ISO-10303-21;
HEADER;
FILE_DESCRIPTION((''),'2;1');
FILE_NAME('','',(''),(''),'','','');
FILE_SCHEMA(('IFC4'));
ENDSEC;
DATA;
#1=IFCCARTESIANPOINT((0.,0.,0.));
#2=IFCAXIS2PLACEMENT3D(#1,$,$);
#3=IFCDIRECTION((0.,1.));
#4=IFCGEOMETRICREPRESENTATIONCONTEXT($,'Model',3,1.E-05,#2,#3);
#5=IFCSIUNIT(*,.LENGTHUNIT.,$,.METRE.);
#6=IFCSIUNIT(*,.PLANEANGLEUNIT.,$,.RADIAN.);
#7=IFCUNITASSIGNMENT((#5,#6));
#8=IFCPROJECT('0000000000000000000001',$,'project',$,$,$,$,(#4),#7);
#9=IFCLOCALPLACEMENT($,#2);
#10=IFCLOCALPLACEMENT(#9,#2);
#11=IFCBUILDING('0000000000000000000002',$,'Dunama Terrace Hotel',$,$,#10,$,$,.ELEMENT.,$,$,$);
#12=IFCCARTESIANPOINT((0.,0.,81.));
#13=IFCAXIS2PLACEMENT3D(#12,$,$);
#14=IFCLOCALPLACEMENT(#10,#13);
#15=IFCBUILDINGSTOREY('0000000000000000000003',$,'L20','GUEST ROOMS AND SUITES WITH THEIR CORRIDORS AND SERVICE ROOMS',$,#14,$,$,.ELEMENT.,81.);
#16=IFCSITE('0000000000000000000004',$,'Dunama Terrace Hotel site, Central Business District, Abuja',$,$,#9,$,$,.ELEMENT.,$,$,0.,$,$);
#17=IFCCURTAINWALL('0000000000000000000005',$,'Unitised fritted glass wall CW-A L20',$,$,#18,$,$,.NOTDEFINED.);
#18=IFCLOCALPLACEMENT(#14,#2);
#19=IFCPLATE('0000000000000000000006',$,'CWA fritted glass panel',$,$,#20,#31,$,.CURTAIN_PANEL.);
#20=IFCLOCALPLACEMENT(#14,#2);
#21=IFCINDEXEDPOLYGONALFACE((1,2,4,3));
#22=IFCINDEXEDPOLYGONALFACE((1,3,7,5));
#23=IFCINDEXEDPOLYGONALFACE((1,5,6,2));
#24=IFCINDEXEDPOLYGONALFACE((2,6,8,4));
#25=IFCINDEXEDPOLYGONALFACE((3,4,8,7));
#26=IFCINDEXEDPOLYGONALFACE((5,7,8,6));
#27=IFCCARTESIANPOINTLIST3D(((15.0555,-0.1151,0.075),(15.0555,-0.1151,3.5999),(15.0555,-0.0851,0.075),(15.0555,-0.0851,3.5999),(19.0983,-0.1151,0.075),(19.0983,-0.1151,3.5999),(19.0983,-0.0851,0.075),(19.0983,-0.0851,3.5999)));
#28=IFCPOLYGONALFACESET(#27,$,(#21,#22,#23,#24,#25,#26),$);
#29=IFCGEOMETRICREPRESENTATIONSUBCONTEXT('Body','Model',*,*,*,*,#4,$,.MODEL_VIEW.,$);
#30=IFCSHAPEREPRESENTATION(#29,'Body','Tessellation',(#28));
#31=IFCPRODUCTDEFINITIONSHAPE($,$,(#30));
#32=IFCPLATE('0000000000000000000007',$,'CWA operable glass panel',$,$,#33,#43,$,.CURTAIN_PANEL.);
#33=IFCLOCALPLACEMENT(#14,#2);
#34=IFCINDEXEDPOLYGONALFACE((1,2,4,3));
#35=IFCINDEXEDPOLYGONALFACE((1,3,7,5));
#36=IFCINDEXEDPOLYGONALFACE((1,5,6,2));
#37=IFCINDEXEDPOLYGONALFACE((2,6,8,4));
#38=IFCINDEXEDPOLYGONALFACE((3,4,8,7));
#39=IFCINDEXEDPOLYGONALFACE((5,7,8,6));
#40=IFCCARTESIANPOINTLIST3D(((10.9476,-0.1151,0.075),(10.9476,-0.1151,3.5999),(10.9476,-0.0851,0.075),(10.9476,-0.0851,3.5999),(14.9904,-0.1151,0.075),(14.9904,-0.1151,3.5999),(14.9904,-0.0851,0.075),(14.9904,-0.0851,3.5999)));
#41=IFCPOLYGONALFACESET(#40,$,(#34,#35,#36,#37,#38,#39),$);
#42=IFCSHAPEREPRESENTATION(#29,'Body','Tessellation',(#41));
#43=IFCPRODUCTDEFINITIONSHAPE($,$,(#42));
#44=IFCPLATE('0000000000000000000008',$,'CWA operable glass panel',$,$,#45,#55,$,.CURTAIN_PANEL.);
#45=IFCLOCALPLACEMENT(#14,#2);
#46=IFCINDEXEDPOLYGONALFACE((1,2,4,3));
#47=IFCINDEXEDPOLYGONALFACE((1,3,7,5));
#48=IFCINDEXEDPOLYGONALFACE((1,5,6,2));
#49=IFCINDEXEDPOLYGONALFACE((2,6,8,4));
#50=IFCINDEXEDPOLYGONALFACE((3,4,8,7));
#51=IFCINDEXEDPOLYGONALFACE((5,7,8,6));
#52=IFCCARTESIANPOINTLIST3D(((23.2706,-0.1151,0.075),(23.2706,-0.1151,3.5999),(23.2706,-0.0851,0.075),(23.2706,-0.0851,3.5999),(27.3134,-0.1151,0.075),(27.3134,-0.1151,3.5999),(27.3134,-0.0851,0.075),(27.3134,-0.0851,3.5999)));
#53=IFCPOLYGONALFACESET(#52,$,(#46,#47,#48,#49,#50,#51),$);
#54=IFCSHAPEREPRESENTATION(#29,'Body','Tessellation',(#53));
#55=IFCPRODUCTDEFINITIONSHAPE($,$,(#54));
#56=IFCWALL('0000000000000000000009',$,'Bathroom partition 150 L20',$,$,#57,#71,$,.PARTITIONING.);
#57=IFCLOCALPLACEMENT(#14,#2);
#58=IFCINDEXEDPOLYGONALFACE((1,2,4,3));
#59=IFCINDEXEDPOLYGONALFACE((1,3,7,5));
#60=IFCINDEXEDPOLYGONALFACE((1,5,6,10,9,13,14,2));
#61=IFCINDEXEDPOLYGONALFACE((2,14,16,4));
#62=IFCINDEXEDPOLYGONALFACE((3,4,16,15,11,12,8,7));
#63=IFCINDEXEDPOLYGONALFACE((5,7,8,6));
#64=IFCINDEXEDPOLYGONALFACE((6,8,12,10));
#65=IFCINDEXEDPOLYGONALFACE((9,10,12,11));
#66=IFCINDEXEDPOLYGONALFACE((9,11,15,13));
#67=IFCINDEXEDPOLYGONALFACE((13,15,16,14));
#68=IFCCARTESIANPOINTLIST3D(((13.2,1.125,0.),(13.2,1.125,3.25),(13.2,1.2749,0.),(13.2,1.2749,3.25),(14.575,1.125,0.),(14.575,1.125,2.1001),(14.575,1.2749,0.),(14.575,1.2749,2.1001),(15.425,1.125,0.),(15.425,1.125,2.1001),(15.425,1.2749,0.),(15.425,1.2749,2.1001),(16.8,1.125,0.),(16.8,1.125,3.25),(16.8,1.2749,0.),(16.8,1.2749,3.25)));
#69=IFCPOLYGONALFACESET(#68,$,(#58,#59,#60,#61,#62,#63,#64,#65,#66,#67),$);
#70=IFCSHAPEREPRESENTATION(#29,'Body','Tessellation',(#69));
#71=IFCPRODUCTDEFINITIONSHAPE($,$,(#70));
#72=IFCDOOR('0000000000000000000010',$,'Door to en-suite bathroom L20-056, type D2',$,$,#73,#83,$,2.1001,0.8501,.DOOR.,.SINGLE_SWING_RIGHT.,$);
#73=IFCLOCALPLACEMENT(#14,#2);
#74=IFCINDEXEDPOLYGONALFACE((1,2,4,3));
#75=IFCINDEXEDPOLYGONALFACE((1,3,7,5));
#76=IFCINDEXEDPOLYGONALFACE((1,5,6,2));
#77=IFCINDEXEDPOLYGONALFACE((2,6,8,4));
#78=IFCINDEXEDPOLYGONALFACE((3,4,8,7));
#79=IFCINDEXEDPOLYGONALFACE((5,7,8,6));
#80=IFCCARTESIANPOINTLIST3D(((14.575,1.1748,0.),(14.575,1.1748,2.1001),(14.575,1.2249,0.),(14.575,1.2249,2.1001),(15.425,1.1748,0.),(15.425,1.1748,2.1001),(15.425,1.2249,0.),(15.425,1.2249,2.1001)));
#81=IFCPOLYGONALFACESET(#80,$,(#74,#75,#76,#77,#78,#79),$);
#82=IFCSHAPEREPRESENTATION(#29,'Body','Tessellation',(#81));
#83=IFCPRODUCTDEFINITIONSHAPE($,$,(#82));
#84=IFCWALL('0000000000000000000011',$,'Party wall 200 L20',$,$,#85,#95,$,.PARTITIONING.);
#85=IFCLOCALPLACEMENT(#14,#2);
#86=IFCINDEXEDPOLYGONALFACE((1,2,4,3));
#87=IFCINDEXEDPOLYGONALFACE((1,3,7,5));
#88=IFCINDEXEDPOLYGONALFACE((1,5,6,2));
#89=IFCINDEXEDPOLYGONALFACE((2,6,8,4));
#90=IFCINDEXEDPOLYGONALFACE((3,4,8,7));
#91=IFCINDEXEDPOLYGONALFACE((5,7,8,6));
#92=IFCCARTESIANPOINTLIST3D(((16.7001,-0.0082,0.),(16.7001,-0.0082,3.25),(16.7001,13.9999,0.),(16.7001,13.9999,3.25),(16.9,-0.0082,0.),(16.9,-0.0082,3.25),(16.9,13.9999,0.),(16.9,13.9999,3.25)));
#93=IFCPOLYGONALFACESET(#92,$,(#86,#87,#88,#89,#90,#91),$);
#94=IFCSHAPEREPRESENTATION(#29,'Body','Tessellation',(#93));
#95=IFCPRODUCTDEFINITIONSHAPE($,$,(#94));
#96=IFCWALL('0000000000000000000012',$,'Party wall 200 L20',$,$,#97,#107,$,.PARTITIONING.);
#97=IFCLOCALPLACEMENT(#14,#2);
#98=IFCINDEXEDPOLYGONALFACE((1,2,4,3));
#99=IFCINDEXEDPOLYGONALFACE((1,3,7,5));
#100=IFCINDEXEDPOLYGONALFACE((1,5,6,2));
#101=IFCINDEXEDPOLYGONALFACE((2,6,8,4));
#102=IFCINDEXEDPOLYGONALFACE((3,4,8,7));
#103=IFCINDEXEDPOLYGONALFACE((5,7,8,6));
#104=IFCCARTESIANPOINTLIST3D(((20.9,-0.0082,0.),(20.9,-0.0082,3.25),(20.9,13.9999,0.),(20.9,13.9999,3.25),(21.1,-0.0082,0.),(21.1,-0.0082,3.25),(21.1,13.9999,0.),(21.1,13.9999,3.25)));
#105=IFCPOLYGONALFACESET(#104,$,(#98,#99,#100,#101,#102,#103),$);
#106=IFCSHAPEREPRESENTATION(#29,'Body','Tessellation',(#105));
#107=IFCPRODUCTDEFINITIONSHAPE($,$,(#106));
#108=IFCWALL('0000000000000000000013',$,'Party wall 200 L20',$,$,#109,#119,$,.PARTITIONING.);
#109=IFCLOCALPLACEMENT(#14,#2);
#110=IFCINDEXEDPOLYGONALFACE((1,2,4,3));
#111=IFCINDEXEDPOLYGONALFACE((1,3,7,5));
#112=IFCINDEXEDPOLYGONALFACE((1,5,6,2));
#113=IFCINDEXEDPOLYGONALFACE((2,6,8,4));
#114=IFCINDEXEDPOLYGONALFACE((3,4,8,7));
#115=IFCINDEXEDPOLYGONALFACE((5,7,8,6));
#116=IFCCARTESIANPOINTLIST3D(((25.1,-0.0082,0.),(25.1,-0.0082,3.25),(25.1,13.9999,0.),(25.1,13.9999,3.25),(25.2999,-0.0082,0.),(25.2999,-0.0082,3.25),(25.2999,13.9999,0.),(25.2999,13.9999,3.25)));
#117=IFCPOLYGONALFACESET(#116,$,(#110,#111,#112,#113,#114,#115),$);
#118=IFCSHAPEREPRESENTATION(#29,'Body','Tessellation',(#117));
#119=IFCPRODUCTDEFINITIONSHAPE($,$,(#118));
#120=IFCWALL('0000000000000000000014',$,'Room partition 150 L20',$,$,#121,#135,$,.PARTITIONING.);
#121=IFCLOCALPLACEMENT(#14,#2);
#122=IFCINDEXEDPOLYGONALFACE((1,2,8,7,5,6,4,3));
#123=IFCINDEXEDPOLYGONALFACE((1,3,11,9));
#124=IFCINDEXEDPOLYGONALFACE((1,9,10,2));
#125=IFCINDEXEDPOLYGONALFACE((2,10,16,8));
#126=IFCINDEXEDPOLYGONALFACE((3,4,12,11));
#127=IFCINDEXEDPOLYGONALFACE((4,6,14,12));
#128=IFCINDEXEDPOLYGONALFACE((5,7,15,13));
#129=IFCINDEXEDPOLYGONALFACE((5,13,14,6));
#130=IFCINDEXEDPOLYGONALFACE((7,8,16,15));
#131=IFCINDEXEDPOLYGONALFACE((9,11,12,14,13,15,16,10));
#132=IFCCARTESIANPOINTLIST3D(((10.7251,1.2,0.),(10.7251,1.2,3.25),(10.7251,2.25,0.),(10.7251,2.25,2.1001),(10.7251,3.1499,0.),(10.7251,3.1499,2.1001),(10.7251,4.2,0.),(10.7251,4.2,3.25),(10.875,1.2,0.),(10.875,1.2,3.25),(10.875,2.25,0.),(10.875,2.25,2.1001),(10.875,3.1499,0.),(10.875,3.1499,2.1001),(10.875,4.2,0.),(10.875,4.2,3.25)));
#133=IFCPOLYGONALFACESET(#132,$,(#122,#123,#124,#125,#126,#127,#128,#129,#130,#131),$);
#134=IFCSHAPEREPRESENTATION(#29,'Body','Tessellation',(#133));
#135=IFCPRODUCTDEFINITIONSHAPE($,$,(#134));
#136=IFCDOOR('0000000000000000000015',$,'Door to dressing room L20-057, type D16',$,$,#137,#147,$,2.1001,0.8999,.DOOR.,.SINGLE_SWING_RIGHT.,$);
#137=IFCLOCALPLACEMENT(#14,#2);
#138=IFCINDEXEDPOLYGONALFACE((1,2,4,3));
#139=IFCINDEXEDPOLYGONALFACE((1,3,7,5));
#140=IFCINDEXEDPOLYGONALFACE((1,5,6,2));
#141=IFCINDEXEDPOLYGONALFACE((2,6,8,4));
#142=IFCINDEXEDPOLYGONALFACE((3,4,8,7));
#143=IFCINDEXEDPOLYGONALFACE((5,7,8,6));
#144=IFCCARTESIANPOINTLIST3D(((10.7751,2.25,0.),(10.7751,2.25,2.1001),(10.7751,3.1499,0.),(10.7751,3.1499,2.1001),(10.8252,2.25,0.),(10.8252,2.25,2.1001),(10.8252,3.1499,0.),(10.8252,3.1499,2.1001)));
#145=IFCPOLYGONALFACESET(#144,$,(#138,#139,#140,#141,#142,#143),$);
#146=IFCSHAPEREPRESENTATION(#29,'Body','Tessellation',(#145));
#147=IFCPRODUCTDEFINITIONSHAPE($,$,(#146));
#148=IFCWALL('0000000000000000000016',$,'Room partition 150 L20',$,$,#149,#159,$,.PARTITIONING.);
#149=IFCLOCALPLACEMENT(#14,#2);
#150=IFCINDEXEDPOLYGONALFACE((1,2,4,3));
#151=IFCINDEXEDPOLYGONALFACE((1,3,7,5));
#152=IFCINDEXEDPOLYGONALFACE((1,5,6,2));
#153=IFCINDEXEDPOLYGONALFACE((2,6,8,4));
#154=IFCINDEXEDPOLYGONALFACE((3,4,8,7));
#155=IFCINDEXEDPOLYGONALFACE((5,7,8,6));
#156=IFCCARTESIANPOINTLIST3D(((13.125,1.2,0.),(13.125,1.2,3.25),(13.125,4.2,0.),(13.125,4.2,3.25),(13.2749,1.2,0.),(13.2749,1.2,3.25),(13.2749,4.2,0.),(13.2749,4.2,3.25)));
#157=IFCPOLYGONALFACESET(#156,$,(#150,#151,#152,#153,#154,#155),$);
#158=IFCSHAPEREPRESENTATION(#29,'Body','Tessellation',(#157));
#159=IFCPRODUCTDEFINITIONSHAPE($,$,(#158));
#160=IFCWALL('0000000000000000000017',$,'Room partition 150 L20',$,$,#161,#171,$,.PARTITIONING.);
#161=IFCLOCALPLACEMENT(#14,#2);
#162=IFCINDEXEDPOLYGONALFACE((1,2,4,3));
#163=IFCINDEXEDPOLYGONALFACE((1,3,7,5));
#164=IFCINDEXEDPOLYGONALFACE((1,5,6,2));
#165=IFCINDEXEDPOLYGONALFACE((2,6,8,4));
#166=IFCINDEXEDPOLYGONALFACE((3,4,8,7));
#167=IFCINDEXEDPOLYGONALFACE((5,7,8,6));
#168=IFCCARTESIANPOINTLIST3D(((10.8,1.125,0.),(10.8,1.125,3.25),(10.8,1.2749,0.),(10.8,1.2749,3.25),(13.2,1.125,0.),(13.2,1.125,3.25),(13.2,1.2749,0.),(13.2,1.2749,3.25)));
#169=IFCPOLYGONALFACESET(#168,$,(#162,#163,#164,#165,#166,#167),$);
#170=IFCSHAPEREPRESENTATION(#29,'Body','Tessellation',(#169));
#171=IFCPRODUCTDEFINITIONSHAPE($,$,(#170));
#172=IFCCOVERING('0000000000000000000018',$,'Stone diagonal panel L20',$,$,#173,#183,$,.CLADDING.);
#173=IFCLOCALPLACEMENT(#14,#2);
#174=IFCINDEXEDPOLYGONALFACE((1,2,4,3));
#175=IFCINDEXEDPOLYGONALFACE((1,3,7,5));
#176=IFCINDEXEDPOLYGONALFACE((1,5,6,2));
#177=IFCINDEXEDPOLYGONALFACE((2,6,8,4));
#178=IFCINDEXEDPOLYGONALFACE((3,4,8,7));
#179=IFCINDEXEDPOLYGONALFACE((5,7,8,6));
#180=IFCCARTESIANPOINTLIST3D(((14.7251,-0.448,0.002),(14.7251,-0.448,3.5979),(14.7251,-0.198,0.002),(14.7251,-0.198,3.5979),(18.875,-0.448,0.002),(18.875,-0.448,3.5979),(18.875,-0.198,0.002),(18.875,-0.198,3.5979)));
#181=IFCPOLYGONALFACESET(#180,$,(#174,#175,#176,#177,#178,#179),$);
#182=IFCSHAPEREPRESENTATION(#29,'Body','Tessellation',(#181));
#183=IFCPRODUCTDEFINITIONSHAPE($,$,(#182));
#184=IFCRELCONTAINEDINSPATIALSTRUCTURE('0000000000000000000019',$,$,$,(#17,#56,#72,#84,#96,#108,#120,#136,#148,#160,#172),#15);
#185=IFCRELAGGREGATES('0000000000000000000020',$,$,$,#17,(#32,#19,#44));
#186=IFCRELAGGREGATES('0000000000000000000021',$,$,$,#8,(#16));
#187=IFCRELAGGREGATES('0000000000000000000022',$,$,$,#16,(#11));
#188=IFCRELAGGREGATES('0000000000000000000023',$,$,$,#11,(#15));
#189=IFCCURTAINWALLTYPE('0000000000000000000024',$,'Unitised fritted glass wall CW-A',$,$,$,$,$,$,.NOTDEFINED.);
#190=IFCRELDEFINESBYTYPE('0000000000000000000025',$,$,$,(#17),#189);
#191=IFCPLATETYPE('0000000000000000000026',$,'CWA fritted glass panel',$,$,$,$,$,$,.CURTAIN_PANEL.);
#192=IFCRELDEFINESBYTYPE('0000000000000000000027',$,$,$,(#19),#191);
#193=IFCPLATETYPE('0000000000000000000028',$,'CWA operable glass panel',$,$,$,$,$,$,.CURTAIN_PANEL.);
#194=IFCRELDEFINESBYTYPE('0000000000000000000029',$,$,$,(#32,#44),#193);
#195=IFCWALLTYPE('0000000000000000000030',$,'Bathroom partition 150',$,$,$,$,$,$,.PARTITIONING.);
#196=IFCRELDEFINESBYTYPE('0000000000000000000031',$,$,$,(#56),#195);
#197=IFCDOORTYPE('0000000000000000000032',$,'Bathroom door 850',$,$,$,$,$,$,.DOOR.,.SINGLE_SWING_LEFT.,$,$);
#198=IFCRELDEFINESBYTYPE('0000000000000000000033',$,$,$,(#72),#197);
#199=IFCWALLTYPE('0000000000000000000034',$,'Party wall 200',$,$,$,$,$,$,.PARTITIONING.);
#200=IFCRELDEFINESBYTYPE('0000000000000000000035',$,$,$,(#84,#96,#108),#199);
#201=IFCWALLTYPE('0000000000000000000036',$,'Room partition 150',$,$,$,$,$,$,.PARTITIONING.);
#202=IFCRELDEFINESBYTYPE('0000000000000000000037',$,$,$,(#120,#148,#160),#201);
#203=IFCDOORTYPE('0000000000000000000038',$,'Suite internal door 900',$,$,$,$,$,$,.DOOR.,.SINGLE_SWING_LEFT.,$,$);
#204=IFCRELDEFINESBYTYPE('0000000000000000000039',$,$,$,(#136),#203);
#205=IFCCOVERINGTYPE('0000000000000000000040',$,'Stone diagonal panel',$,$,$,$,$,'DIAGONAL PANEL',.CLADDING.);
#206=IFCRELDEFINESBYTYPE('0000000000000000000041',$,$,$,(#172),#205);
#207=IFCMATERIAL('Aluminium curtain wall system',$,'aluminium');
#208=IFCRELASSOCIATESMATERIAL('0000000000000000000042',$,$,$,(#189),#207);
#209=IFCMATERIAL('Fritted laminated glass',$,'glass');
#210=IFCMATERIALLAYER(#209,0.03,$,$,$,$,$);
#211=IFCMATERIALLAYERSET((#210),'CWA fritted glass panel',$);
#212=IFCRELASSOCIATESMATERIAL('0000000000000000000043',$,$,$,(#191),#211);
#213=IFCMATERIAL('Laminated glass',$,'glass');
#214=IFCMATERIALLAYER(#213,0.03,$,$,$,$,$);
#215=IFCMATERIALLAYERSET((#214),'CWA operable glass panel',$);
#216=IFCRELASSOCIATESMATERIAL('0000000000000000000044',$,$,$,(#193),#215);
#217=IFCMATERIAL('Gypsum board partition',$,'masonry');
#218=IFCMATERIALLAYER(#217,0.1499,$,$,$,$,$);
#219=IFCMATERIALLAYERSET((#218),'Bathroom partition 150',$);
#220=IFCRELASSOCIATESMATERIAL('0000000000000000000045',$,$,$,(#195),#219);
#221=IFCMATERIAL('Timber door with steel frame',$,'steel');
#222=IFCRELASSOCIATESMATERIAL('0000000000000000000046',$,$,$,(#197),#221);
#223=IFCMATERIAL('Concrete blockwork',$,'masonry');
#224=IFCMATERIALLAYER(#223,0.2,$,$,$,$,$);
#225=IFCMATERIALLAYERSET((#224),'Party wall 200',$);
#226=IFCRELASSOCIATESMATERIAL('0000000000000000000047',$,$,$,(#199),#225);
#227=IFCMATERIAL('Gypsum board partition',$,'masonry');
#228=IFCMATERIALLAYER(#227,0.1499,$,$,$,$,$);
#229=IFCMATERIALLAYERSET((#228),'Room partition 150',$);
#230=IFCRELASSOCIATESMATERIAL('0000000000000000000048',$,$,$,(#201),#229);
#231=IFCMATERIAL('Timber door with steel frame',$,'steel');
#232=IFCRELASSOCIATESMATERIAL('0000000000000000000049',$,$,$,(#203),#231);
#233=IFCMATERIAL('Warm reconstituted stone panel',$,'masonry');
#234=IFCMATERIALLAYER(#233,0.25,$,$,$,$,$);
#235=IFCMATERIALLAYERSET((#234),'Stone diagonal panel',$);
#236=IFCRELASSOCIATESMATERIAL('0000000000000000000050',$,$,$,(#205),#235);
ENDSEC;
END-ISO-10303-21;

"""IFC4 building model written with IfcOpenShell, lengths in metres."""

from ifc_helpers import new_model, si_unit, direction, frame, frame_2d, origin, origin_2d, place, context, subcontext, project, spatial, rectangle, extrude, material, layer, layer_set, type_object, element, fill, aggregate, save


model = new_model("IFC4")

# Units and contexts
model_context = context("Model", 3, precision=1e-05, world=origin(), true_north=direction((0.0, 1.0)))
body_context = subcontext(model_context, "Body", "Model", "MODEL_VIEW")
ifc_project = project(units=[si_unit("LENGTHUNIT", "METRE"), si_unit("PLANEANGLEUNIT", "RADIAN")], contexts=[model_context])

# Site, building, storey
site_placement = place(None, origin())
site = spatial("IfcSite", under=ifc_project, at=site_placement, Name="Dunama Terrace Hotel site, Central Business District, Abuja", CompositionType="ELEMENT", RefElevation=0.0)
building_placement = place(site_placement, origin())
building = spatial("IfcBuilding", under=site, at=building_placement, Name="Dunama Terrace Hotel", CompositionType="ELEMENT")
storey_placement = place(building_placement, frame((0.0, 0.0, 81.0)))
storey = spatial("IfcBuildingStorey", under=building, at=storey_placement, Name="L20", Description="GUEST ROOMS AND SUITES WITH THEIR CORRIDORS AND SERVICE ROOMS", CompositionType="ELEMENT", Elevation=81.0)

# Curtain wall
ifc_material_1 = material(Name="Aluminium curtain wall system", Category="aluminium")
curtain_wall_type = type_object("IfcCurtainWallType", Name="Unitised fritted glass wall CW-A", PredefinedType="NOTDEFINED", material=ifc_material_1)
curtain_wall_placement = place(storey_placement, origin())
curtain_wall = element("IfcCurtainWall", 1, at=curtain_wall_placement, inside=storey, type_object=curtain_wall_type, Name="Unitised fritted glass wall CW-A L20", PredefinedType="NOTDEFINED")

# Plates
ifc_material_2 = material(Name="Fritted laminated glass", Category="glass")
ifc_layer_1 = layer(ifc_material_2, 0.03)
ifc_layer_set_1 = layer_set([ifc_layer_1], Name="CWA fritted glass panel")
plate_type_1 = type_object("IfcPlateType", Name="CWA fritted glass panel", PredefinedType="CURTAIN_PANEL", material=ifc_layer_set_1)
plate_1_placement = place(storey_placement, frame((17.0769, -0.1001, 0.075), z_axis=(0.0, 0.0, 1.0), x_axis=(1.0, 0.0, 0.0)))
plate_1 = element("IfcPlate", 2, at=plate_1_placement, type_object=plate_type_1, Name="CWA fritted glass panel", PredefinedType="CURTAIN_PANEL", context=body_context, shape_type="SweptSolid", body=[
    extrude(rectangle(XDim=4.0427, YDim=0.03, at=origin_2d()), origin(), (0.0, 0.0, 1.0), 3.5249),
])
ifc_material_3 = material(Name="Laminated glass", Category="glass")
ifc_layer_2 = layer(ifc_material_3, 0.03)
ifc_layer_set_2 = layer_set([ifc_layer_2], Name="CWA operable glass panel")
plate_type_2 = type_object("IfcPlateType", Name="CWA operable glass panel", PredefinedType="CURTAIN_PANEL", material=ifc_layer_set_2)
plate_2_placement = place(storey_placement, frame((12.969, -0.1001, 0.075), z_axis=(0.0, 0.0, 1.0), x_axis=(1.0, 0.0, 0.0)))
plate_2 = element("IfcPlate", 3, at=plate_2_placement, type_object=plate_type_2, Name="CWA operable glass panel", PredefinedType="CURTAIN_PANEL", context=body_context, shape_type="SweptSolid", body=[
    extrude(rectangle(XDim=4.0427, YDim=0.03, at=origin_2d()), origin(), (0.0, 0.0, 1.0), 3.5249),
])
plate_3_placement = place(storey_placement, frame((25.292, -0.1001, 0.075), z_axis=(0.0, 0.0, 1.0), x_axis=(1.0, 0.0, 0.0)))
plate_3 = element("IfcPlate", 4, at=plate_3_placement, type_object=plate_type_2, Name="CWA operable glass panel", PredefinedType="CURTAIN_PANEL", context=body_context, shape_type="SweptSolid", body=[
    extrude(rectangle(XDim=4.0427, YDim=0.03, at=origin_2d()), origin(), (0.0, 0.0, 1.0), 3.5249),
])
aggregate(curtain_wall, [plate_2, plate_1, plate_3])

# Wall, opening, door
ifc_material_4 = material(Name="Gypsum board partition", Category="masonry")
ifc_layer_3 = layer(ifc_material_4, 0.1499)
ifc_layer_set_3 = layer_set([ifc_layer_3], Name="Bathroom partition 150")
wall_type_1 = type_object("IfcWallType", Name="Bathroom partition 150", PredefinedType="PARTITIONING", material=ifc_layer_set_3)
wall_1_placement = place(storey_placement, frame((13.2, 1.2, 0.0), z_axis=(0.0, 0.0, 1.0), x_axis=(1.0, 0.0, 0.0)))
wall_1 = element("IfcWall", 5, at=wall_1_placement, inside=storey, type_object=wall_type_1, Name="Bathroom partition 150 L20", PredefinedType="PARTITIONING", context=body_context, shape_type="SweptSolid", body=[
    extrude(rectangle(XDim=3.6001, YDim=0.1499, at=frame_2d((1.8, 0.0))), origin(), (0.0, 0.0, 1.0), 3.25),
])
opening_1_placement = place(wall_1_placement, frame((1.375, 0.0, 0.0)))
opening_1 = element("IfcOpeningElement", 6, at=opening_1_placement, cuts=wall_1, PredefinedType="OPENING", context=body_context, shape_type="SweptSolid", body=[
    extrude(rectangle(XDim=0.8501, YDim=2.1001, at=frame_2d((0.425, 1.05))), frame((0.0, 0.085, 0.0), z_axis=(0.0, -1.0, 0.0), x_axis=(1.0, 0.0, 0.0)), (0.0, 0.0, 1.0), 0.1699),
])
ifc_material_5 = material(Name="Timber door with steel frame", Category="steel")
door_type_1 = type_object("IfcDoorType", Name="Bathroom door 850", OperationType="SINGLE_SWING_LEFT", PredefinedType="DOOR", material=ifc_material_5)
door_1_placement = place(opening_1_placement, origin())
door_1 = element("IfcDoor", 7, at=door_1_placement, inside=storey, type_object=door_type_1, Name="Door to en-suite bathroom L20-056, type D2", OperationType="SINGLE_SWING_RIGHT", OverallHeight=2.1001, OverallWidth=0.8501, PredefinedType="DOOR", context=body_context, shape_type="SweptSolid", body=[
    extrude(rectangle(XDim=0.8501, YDim=2.1001, at=frame_2d((0.425, 1.05))), frame((0.0, 0.0249, 0.0), z_axis=(0.0, -1.0, 0.0), x_axis=(1.0, 0.0, 0.0)), (0.0, 0.0, 1.0), 0.05),
])
fill(opening_1, door_1)

# Walls
ifc_material_6 = material(Name="Concrete blockwork", Category="masonry")
ifc_layer_4 = layer(ifc_material_6, 0.2)
ifc_layer_set_4 = layer_set([ifc_layer_4], Name="Party wall 200")
wall_type_2 = type_object("IfcWallType", Name="Party wall 200", PredefinedType="PARTITIONING", material=ifc_layer_set_4)
for number, where, z_axis, x_axis, name in (
    (8, (16.8, -0.0081, 0.0), (0.0, 0.0, 1.0), (0.0, 1.0, 0.0), "Party wall 200 L20"),
    (9, (21.0, -0.0081, 0.0), (0.0, 0.0, 1.0), (0.0, 1.0, 0.0), "Party wall 200 L20"),
    (10, (25.2, -0.0081, 0.0), (0.0, 0.0, 1.0), (0.0, 1.0, 0.0), "Party wall 200 L20"),
):
    element("IfcWall", number, at=place(storey_placement, frame(where, z_axis=z_axis, x_axis=x_axis)), inside=storey, type_object=wall_type_2, Name=name, PredefinedType="PARTITIONING", context=body_context, shape_type="SweptSolid", body=[
        extrude(rectangle(XDim=14.0081, YDim=0.2, at=frame_2d((7.0039, 0.0))), origin(), (0.0, 0.0, 1.0), 3.25),
    ])

# Wall, opening, door
ifc_material_7 = material(Name="Gypsum board partition", Category="masonry")
ifc_layer_5 = layer(ifc_material_7, 0.1499)
ifc_layer_set_5 = layer_set([ifc_layer_5], Name="Room partition 150")
wall_type_3 = type_object("IfcWallType", Name="Room partition 150", PredefinedType="PARTITIONING", material=ifc_layer_set_5)
wall_2_placement = place(storey_placement, frame((10.8, 1.2, 0.0), z_axis=(0.0, 0.0, 1.0), x_axis=(0.0, 1.0, 0.0)))
wall_2 = element("IfcWall", 11, at=wall_2_placement, inside=storey, type_object=wall_type_3, Name="Room partition 150 L20", PredefinedType="PARTITIONING", context=body_context, shape_type="SweptSolid", body=[
    extrude(rectangle(XDim=3.0, YDim=0.1499, at=frame_2d((1.5, 0.0))), origin(), (0.0, 0.0, 1.0), 3.25),
])
opening_2_placement = place(wall_2_placement, frame((1.05, 0.0, 0.0)))
opening_2 = element("IfcOpeningElement", 12, at=opening_2_placement, cuts=wall_2, PredefinedType="OPENING", context=body_context, shape_type="SweptSolid", body=[
    extrude(rectangle(XDim=0.8999, YDim=2.1001, at=frame_2d((0.45, 1.05))), frame((0.0, 0.085, 0.0), z_axis=(0.0, -1.0, 0.0), x_axis=(1.0, 0.0, 0.0)), (0.0, 0.0, 1.0), 0.1699),
])
ifc_material_8 = material(Name="Timber door with steel frame", Category="steel")
door_type_2 = type_object("IfcDoorType", Name="Suite internal door 900", OperationType="SINGLE_SWING_LEFT", PredefinedType="DOOR", material=ifc_material_8)
door_2_placement = place(opening_2_placement, frame((0.8999, 0.0, 0.0), z_axis=(0.0, 0.0, 1.0), x_axis=(-1.0, 0.0, 0.0)))
door_2 = element("IfcDoor", 13, at=door_2_placement, inside=storey, type_object=door_type_2, Name="Door to dressing room L20-057, type D16", OperationType="SINGLE_SWING_RIGHT", OverallHeight=2.1001, OverallWidth=0.8999, PredefinedType="DOOR", context=body_context, shape_type="SweptSolid", body=[
    extrude(rectangle(XDim=0.8999, YDim=2.1001, at=frame_2d((0.45, 1.05))), frame((0.0, 0.0251, 0.0), z_axis=(0.0, -1.0, 0.0), x_axis=(1.0, 0.0, 0.0)), (0.0, 0.0, 1.0), 0.05),
])
fill(opening_2, door_2)

# Walls
wall_3_placement = place(storey_placement, frame((13.2, 1.2, 0.0), z_axis=(0.0, 0.0, 1.0), x_axis=(0.0, 1.0, 0.0)))
element("IfcWall", 14, at=wall_3_placement, inside=storey, type_object=wall_type_3, Name="Room partition 150 L20", PredefinedType="PARTITIONING", context=body_context, shape_type="SweptSolid", body=[
    extrude(rectangle(XDim=3.0, YDim=0.1499, at=frame_2d((1.5, 0.0))), origin(), (0.0, 0.0, 1.0), 3.25),
])
wall_4_placement = place(storey_placement, frame((10.8, 1.2, 0.0), z_axis=(0.0, 0.0, 1.0), x_axis=(1.0, 0.0, 0.0)))
element("IfcWall", 15, at=wall_4_placement, inside=storey, type_object=wall_type_3, Name="Room partition 150 L20", PredefinedType="PARTITIONING", context=body_context, shape_type="SweptSolid", body=[
    extrude(rectangle(XDim=2.3999, YDim=0.1499, at=frame_2d((1.2, 0.0))), origin(), (0.0, 0.0, 1.0), 3.25),
])

# Covering
ifc_material_9 = material(Name="Warm reconstituted stone panel", Category="masonry")
ifc_layer_6 = layer(ifc_material_9, 0.25)
ifc_layer_set_6 = layer_set([ifc_layer_6], Name="Stone diagonal panel")
covering_type = type_object("IfcCoveringType", Name="Stone diagonal panel", ElementType="DIAGONAL PANEL", PredefinedType="CLADDING", material=ifc_layer_set_6)
covering_placement = place(storey_placement, frame((16.8, -0.323, 0.002), z_axis=(0.0, 0.0, 1.0), x_axis=(1.0, 0.0, 0.0)))
element("IfcCovering", 16, at=covering_placement, inside=storey, type_object=covering_type, Name="Stone diagonal panel L20", PredefinedType="CLADDING", context=body_context, shape_type="SweptSolid", body=[
    extrude(rectangle(XDim=4.1499, YDim=0.25, at=origin_2d()), origin(), (0.0, 0.0, 1.0), 3.5959),
])

save(model, "model.ifc")
